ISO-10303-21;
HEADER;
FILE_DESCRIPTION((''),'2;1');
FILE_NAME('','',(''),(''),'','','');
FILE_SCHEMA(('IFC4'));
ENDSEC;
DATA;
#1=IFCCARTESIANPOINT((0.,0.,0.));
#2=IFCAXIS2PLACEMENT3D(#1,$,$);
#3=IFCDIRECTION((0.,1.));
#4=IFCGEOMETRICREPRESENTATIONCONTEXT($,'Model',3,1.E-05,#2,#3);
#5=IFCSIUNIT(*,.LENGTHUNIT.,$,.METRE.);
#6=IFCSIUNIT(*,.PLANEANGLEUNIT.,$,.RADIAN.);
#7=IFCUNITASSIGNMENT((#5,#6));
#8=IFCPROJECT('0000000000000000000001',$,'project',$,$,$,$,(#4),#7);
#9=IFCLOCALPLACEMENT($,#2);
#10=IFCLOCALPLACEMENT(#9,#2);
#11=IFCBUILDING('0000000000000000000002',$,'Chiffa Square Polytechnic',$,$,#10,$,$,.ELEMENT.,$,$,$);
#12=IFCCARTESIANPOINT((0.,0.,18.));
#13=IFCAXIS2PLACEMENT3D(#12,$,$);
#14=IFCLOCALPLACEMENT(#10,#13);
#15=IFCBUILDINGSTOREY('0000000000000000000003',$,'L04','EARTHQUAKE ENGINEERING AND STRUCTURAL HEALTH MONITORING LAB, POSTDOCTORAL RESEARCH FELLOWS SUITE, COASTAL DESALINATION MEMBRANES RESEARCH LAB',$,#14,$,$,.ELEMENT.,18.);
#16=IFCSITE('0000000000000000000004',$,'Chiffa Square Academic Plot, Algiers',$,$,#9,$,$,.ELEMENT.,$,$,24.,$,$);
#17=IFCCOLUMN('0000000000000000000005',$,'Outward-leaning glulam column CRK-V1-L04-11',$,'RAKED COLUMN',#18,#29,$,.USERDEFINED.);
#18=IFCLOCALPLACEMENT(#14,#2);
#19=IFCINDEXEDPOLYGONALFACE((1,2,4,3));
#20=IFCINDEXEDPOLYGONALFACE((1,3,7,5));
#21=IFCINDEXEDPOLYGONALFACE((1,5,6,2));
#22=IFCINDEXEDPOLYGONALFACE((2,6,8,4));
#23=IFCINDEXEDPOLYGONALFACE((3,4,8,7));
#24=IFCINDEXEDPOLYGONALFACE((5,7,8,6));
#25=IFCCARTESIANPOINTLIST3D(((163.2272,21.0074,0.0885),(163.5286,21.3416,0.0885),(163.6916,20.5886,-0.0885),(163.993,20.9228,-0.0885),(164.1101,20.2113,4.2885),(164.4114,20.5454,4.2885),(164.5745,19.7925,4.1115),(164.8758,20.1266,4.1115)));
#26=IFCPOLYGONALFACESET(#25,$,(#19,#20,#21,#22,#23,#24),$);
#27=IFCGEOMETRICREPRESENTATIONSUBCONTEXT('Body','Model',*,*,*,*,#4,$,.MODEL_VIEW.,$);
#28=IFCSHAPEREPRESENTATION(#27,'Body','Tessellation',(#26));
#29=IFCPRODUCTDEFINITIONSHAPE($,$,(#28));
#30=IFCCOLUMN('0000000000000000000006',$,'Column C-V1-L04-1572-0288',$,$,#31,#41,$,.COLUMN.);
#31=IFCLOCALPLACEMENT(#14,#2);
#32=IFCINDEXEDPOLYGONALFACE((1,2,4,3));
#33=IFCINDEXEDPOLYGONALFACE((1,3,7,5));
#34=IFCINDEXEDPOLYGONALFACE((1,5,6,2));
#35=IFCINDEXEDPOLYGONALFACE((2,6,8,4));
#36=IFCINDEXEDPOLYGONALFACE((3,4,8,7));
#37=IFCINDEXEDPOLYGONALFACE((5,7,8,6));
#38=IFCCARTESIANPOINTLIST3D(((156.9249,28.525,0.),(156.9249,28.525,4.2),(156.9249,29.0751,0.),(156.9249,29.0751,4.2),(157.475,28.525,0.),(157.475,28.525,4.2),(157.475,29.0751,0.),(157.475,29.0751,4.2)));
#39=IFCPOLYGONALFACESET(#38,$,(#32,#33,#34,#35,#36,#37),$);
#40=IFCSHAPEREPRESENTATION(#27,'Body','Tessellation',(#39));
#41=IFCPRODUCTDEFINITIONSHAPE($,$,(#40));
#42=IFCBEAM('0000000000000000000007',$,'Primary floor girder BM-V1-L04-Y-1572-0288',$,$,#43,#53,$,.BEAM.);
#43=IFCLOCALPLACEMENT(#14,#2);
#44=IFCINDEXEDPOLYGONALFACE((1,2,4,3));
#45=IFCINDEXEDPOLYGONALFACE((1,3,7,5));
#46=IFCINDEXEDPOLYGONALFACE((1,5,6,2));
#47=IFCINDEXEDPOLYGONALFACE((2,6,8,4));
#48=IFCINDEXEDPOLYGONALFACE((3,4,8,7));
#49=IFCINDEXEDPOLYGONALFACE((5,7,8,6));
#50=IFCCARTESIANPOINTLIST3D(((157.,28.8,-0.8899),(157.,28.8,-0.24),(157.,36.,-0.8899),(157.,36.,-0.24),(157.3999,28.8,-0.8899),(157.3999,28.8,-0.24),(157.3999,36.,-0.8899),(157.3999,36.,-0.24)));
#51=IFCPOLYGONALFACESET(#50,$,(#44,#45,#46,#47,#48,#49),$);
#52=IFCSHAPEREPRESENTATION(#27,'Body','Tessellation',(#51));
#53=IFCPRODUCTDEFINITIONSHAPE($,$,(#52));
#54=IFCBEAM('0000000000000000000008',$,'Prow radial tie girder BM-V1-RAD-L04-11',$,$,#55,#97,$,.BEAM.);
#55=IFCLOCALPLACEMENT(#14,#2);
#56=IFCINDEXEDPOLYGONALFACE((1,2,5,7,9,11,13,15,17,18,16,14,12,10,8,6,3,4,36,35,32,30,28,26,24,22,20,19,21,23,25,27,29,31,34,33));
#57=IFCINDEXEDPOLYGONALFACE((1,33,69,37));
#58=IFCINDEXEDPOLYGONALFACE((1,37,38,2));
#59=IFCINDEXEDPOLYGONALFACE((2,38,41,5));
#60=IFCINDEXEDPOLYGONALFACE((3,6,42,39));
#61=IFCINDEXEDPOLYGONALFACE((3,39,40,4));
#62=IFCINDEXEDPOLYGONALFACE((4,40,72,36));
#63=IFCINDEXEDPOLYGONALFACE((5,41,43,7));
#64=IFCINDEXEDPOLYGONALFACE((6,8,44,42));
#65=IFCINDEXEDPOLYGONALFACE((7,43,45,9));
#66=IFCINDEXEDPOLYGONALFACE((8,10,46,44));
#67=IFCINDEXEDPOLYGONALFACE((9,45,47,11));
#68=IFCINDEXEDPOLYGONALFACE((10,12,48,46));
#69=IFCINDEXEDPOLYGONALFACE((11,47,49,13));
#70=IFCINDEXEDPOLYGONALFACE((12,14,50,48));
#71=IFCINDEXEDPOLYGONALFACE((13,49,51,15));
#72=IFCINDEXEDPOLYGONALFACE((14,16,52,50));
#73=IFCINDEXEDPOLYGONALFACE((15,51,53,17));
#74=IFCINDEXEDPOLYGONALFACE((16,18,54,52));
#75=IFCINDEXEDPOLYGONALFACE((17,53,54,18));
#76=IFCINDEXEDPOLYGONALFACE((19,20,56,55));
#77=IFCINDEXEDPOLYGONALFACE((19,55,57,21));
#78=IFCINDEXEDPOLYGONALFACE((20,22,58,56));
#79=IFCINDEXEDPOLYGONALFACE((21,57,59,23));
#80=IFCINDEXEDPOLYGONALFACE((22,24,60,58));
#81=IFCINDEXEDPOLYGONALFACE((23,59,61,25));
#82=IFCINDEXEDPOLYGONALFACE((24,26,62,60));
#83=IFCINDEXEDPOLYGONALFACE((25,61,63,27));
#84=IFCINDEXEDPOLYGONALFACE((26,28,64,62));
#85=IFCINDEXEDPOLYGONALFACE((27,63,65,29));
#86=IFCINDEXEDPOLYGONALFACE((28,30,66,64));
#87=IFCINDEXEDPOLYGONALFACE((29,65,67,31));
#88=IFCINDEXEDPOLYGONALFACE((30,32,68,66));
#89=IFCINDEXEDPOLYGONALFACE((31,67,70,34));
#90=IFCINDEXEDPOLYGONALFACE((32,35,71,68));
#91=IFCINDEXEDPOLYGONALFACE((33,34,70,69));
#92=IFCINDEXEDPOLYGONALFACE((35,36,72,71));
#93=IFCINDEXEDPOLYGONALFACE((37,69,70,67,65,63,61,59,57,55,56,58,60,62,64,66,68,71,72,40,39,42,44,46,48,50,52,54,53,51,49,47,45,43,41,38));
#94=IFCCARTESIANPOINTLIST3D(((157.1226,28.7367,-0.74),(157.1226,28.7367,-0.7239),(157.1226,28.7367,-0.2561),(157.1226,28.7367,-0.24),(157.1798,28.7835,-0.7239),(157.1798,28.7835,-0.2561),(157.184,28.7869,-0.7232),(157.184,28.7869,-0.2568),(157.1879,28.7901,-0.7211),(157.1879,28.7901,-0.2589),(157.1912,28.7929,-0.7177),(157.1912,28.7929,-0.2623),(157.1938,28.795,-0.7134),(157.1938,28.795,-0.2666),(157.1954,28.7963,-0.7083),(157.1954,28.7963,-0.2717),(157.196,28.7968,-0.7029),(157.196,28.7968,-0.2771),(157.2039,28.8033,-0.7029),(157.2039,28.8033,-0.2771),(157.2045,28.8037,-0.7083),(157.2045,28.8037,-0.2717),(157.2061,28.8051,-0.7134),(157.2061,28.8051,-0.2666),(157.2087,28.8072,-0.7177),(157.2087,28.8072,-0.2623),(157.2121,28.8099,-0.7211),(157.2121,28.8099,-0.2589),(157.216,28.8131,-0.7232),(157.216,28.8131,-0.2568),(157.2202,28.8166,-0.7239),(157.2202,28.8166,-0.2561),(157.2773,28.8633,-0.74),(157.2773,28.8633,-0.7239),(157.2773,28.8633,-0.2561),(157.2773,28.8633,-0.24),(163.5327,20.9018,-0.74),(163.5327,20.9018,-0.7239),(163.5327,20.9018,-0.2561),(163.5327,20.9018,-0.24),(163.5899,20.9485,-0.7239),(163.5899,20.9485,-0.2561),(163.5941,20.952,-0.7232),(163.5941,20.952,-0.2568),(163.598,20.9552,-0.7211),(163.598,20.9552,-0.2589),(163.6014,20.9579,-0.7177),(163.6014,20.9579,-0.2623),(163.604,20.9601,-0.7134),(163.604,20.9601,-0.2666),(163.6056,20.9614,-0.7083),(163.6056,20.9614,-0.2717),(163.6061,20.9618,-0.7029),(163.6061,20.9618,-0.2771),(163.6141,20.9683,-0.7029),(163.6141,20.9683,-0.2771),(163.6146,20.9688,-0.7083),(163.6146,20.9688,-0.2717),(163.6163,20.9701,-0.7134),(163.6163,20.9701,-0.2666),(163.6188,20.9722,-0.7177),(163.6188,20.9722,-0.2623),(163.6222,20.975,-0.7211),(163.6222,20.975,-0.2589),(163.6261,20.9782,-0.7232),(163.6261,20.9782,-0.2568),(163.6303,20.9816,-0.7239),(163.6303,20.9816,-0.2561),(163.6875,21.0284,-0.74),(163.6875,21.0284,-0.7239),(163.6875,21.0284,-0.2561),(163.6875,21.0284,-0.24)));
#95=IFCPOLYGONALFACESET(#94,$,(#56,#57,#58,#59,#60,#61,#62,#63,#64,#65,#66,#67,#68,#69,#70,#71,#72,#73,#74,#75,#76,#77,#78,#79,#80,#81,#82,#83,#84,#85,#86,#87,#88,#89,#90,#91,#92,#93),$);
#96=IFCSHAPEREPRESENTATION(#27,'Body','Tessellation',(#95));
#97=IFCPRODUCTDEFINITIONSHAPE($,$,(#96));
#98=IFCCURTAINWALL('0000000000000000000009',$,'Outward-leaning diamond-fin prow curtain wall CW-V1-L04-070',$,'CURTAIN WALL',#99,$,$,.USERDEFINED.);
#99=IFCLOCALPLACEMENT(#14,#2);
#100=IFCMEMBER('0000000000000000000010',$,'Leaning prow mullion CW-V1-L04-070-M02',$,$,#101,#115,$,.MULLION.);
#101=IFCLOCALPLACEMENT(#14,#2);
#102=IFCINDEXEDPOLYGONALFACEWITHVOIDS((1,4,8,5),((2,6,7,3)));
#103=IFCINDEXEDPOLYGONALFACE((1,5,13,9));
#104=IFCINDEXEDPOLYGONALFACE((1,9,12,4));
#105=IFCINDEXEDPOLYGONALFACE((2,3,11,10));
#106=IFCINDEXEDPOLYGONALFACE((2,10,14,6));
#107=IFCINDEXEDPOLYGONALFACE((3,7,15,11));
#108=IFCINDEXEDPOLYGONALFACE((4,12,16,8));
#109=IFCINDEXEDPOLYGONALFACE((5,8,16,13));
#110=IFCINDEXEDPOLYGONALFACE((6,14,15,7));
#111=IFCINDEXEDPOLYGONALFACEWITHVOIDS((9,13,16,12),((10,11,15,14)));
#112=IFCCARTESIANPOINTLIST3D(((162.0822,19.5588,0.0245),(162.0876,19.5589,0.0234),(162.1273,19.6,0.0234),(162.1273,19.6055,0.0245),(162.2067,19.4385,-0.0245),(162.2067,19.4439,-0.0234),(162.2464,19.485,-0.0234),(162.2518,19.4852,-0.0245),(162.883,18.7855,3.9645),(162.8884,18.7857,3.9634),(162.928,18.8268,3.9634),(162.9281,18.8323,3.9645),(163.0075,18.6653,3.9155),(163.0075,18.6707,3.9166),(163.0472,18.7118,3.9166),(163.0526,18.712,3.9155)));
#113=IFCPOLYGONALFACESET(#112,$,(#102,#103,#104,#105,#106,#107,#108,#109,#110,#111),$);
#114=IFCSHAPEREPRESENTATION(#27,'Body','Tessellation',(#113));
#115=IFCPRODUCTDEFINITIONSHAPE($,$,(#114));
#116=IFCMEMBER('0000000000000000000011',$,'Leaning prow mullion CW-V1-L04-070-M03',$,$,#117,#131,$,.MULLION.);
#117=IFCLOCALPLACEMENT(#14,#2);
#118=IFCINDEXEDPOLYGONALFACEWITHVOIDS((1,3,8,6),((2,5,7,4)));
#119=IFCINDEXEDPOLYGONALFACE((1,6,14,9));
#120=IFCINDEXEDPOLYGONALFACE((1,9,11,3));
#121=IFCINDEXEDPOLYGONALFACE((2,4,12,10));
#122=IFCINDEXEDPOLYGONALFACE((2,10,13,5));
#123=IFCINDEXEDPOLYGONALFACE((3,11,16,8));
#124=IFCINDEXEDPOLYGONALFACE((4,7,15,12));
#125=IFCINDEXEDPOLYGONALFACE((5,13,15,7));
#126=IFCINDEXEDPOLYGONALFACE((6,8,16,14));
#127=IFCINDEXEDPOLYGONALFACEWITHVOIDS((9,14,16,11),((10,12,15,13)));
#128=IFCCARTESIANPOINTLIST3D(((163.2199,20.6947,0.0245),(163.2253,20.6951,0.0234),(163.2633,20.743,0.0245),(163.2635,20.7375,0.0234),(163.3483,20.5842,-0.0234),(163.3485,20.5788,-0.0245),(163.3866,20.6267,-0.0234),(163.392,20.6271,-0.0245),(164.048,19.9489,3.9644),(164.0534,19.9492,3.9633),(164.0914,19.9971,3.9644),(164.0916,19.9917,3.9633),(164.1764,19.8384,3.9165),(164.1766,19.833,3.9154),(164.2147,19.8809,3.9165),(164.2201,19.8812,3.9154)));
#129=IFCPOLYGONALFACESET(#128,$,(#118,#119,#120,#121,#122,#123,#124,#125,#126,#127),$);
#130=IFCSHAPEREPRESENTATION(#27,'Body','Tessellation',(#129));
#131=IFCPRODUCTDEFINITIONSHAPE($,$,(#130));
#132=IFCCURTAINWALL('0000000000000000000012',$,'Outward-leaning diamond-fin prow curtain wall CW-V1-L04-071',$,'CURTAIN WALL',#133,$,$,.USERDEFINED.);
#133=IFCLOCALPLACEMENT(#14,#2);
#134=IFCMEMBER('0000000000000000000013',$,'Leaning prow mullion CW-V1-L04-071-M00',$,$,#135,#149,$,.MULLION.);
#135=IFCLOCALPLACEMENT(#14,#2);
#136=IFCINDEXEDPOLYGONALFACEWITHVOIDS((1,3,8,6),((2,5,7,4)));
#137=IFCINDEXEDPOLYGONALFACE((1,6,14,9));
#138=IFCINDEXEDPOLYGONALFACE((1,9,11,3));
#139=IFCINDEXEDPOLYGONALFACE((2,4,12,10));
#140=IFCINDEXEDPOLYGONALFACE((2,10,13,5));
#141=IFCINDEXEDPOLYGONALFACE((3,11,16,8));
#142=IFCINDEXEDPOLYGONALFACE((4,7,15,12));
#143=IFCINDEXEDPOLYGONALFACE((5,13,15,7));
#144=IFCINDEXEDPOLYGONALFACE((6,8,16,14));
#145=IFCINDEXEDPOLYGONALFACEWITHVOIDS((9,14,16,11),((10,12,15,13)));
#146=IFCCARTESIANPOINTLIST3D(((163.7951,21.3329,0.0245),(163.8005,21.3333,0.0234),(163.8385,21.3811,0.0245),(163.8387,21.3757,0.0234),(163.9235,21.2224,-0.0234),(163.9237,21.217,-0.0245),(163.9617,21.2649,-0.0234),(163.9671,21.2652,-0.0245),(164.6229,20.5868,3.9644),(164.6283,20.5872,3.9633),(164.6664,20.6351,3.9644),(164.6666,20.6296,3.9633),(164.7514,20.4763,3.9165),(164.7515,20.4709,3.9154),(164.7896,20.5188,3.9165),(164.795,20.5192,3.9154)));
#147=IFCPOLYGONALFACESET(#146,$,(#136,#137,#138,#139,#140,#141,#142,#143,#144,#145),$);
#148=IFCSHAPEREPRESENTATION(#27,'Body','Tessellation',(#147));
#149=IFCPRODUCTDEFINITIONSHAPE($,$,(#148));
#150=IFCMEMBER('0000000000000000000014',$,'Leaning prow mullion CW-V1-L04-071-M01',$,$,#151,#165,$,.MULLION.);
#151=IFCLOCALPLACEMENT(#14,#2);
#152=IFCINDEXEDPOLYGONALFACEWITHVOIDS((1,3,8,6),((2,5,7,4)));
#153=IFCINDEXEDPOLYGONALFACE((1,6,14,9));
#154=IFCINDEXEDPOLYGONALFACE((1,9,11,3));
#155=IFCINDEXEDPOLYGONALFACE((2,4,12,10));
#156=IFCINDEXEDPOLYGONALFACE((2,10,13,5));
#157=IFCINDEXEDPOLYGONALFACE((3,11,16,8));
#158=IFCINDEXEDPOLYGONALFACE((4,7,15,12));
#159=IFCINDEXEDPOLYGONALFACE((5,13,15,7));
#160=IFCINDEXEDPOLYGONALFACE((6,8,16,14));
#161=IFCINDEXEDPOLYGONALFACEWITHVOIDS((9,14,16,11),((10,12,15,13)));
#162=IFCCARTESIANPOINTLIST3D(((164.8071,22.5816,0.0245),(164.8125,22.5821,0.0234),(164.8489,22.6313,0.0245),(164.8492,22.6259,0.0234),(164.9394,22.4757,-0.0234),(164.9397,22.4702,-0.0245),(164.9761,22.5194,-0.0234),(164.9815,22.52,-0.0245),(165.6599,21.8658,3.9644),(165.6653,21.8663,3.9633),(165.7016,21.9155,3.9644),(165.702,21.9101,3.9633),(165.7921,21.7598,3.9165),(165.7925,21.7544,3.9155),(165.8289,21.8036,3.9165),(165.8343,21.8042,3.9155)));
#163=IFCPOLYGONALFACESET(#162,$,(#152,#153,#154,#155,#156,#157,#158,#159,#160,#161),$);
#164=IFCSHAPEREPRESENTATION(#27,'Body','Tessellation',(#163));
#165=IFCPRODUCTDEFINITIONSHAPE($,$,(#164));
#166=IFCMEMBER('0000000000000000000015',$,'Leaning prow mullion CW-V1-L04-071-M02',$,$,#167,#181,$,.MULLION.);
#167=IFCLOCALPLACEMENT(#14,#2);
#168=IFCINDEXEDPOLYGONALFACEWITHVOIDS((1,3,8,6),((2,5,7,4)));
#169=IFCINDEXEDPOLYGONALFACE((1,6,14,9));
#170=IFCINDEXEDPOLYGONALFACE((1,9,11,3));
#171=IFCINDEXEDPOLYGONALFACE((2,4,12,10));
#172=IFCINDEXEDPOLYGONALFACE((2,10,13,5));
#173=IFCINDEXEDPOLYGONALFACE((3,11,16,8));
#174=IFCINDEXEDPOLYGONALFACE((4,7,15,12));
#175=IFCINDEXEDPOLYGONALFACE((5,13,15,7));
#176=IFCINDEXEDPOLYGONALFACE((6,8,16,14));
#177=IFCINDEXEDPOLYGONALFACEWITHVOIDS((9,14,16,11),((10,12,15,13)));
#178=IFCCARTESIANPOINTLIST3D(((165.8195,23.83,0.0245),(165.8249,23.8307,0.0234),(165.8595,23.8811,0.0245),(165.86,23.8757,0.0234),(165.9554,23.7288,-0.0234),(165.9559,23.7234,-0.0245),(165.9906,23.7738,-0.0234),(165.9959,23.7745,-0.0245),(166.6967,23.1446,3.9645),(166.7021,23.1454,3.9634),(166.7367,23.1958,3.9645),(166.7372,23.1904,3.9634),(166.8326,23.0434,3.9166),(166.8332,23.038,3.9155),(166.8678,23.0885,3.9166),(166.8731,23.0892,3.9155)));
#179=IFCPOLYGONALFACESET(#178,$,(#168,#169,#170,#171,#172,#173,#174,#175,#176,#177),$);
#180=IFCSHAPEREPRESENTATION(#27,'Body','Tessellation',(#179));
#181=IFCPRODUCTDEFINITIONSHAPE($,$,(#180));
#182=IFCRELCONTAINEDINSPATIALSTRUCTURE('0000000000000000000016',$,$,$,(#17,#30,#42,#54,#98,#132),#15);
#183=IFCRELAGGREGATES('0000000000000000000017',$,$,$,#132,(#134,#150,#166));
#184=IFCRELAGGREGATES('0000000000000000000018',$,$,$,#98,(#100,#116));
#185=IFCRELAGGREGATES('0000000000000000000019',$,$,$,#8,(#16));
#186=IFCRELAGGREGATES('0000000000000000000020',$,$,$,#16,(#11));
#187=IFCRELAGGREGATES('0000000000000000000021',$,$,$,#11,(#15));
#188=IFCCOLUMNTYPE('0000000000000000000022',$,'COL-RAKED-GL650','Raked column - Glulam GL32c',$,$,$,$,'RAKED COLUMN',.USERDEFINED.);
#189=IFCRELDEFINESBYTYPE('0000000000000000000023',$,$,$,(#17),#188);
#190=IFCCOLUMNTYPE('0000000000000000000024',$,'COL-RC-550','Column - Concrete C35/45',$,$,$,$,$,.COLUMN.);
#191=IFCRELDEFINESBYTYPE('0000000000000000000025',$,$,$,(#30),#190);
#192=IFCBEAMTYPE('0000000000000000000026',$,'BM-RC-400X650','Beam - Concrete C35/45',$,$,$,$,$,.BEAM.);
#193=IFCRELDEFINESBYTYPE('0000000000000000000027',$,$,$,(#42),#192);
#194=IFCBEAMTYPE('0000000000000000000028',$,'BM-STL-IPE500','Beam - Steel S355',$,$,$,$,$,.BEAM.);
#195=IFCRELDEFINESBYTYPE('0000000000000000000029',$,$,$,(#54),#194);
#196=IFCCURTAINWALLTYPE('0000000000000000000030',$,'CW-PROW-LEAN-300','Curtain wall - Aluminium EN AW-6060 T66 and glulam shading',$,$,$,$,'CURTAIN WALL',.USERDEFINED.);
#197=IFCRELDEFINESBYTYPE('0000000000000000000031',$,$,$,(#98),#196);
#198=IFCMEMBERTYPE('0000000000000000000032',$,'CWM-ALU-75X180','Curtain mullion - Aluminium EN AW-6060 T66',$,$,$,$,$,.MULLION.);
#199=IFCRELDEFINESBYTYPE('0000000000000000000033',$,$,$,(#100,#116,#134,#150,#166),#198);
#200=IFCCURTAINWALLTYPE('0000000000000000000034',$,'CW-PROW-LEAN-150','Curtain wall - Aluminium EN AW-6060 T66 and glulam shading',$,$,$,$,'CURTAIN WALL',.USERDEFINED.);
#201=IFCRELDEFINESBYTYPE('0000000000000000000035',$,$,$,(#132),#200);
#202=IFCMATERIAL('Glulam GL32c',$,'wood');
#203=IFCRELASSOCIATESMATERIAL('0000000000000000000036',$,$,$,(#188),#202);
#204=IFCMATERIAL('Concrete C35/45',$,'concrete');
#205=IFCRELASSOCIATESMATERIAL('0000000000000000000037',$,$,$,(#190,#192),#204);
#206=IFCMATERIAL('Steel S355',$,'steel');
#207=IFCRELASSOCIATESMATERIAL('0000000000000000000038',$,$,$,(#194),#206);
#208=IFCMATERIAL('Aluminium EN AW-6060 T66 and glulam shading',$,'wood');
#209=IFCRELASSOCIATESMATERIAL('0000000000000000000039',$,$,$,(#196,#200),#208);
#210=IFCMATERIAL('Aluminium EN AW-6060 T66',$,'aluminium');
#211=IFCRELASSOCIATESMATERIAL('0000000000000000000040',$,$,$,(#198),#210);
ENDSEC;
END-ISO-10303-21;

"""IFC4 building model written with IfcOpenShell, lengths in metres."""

from ifc_helpers import new_model, si_unit, direction, frame, origin, origin_2d, place, context, subcontext, project, spatial, rectangle, hollow_rectangle, i_section, extrude, material, material_profile, profile_set, type_object, element, aggregate, save


model = new_model("IFC4")

# Units and contexts
model_context = context("Model", 3, precision=1e-05, world=origin(), true_north=direction((0.0, 1.0)))
body_context = subcontext(model_context, "Body", "Model", "MODEL_VIEW")
ifc_project = project(units=[si_unit("LENGTHUNIT", "METRE"), si_unit("PLANEANGLEUNIT", "RADIAN")], contexts=[model_context])

# Site, building, storey
site_placement = place(None, origin())
site = spatial("IfcSite", under=ifc_project, at=site_placement, Name="Chiffa Square Academic Plot, Algiers", CompositionType="ELEMENT", RefElevation=24.0)
building_placement = place(site_placement, origin())
building = spatial("IfcBuilding", under=site, at=building_placement, Name="Chiffa Square Polytechnic", CompositionType="ELEMENT")
storey_placement = place(building_placement, frame((0.0, 0.0, 18.0)))
storey = spatial("IfcBuildingStorey", under=building, at=storey_placement, Name="L04", Description="EARTHQUAKE ENGINEERING AND STRUCTURAL HEALTH MONITORING LAB, POSTDOCTORAL RESEARCH FELLOWS SUITE, COASTAL DESALINATION MEMBRANES RESEARCH LAB", CompositionType="ELEMENT", Elevation=18.0)

# Columns
ifc_material_1 = material(Name="Glulam GL32c", Category="wood")
ifc_material_profile_1 = material_profile(ifc_material_1, rectangle(XDim=0.45, YDim=0.6499, at=origin_2d()), Name="GL32c 450x650")
ifc_profile_set_1 = profile_set([ifc_material_profile_1], Name="Glulam GL32c")
column_type_1 = type_object("IfcColumnType", Name="COL-RAKED-GL650", Description="Raked column - Glulam GL32c", ElementType="RAKED COLUMN", PredefinedType="USERDEFINED", material=ifc_profile_set_1)
column_1_placement = place(storey_placement, frame((163.6101, 20.9651, 0.0), z_axis=(0.20225, -0.182394, 0.962199), x_axis=(0.669713, 0.74262, 0.0)))
element("IfcColumn", 1, at=column_1_placement, inside=storey, type_object=column_type_1, Name="Outward-leaning glulam column CRK-V1-L04-11", ObjectType="RAKED COLUMN", PredefinedType="USERDEFINED", context=body_context, shape_type="SweptSolid", body=[
    extrude(rectangle(XDim=0.45, YDim=0.6499, at=origin_2d()), origin(), (0.0, 0.0, 1.0), 4.365),
])
ifc_material_2 = material(Name="Concrete C35/45", Category="concrete")
ifc_material_profile_2 = material_profile(ifc_material_2, rectangle(XDim=0.55, YDim=0.55, at=origin_2d()), Name="RC 550x550")
ifc_profile_set_2 = profile_set([ifc_material_profile_2], Name="Concrete C35/45")
column_type_2 = type_object("IfcColumnType", Name="COL-RC-550", Description="Column - Concrete C35/45", PredefinedType="COLUMN", material=ifc_profile_set_2)
column_2_placement = place(storey_placement, frame((157.2, 28.8, 0.0), z_axis=(0.0, 0.0, 1.0), x_axis=(1.0, 0.0, 0.0)))
element("IfcColumn", 2, at=column_2_placement, inside=storey, type_object=column_type_2, Name="Column C-V1-L04-1572-0288", PredefinedType="COLUMN", context=body_context, shape_type="SweptSolid", body=[
    extrude(rectangle(XDim=0.55, YDim=0.55, at=origin_2d()), origin(), (0.0, 0.0, 1.0), 4.2),
])

# Beams
ifc_material_profile_3 = material_profile(ifc_material_2, rectangle(XDim=0.3999, YDim=0.6499, at=origin_2d()), Name="RC 400x650")
ifc_profile_set_3 = profile_set([ifc_material_profile_3], Name="Concrete C35/45")
beam_type_1 = type_object("IfcBeamType", Name="BM-RC-400X650", Description="Beam - Concrete C35/45", PredefinedType="BEAM", material=ifc_profile_set_3)
beam_1_placement = place(storey_placement, frame((157.2, 28.8, -0.5649), z_axis=(0.0, 1.0, 0.0), x_axis=(-1.0, 0.0, 0.0)))
element("IfcBeam", 3, at=beam_1_placement, inside=storey, type_object=beam_type_1, Name="Primary floor girder BM-V1-L04-Y-1572-0288", PredefinedType="BEAM", context=body_context, shape_type="SweptSolid", body=[
    extrude(rectangle(XDim=0.3999, YDim=0.6499, at=origin_2d()), origin(), (0.0, 0.0, 1.0), 7.2),
])
ifc_material_3 = material(Name="Steel S355", Category="steel")
ifc_material_profile_4 = material_profile(ifc_material_3, i_section(OverallWidth=0.2, OverallDepth=0.5, WebThickness=0.0103, FlangeThickness=0.0161, FilletRadius=0.021, at=origin_2d()), Name="IPE 500")
ifc_profile_set_4 = profile_set([ifc_material_profile_4], Name="Steel S355")
beam_type_2 = type_object("IfcBeamType", Name="BM-STL-IPE500", Description="Beam - Steel S355", PredefinedType="BEAM", material=ifc_profile_set_4)
beam_2_placement = place(storey_placement, frame((163.6101, 20.9651, -0.49), z_axis=(-0.633222, 0.77397, 0.0), x_axis=(-0.77397, -0.633222, 0.0)))
element("IfcBeam", 4, at=beam_2_placement, inside=storey, type_object=beam_type_2, Name="Prow radial tie girder BM-V1-RAD-L04-11", PredefinedType="BEAM", context=body_context, shape_type="SweptSolid", body=[
    extrude(i_section(OverallWidth=0.2, OverallDepth=0.5, WebThickness=0.0103, FlangeThickness=0.0161, FilletRadius=0.021, at=origin_2d()), origin(), (0.0, 0.0, 1.0), 10.123),
])

# Curtain walls, members
ifc_material_4 = material(Name="Aluminium EN AW-6060 T66 and glulam shading", Category="wood")
curtain_wall_type_1 = type_object("IfcCurtainWallType", Name="CW-PROW-LEAN-300", Description="Curtain wall - Aluminium EN AW-6060 T66 and glulam shading", ElementType="CURTAIN WALL", PredefinedType="USERDEFINED", material=ifc_material_4)
curtain_wall_1_placement = place(storey_placement, origin())
curtain_wall_1 = element("IfcCurtainWall", 5, at=curtain_wall_1_placement, inside=storey, type_object=curtain_wall_type_1, Name="Outward-leaning diamond-fin prow curtain wall CW-V1-L04-070", ObjectType="CURTAIN WALL", PredefinedType="USERDEFINED")
ifc_material_5 = material(Name="Aluminium EN AW-6060 T66", Category="aluminium")
ifc_material_profile_5 = material_profile(ifc_material_5, hollow_rectangle(XDim=0.0649, YDim=0.1799, WallThickness=0.0039, at=origin_2d()), Name="ALU 65x180x4")
ifc_profile_set_5 = profile_set([ifc_material_profile_5], Name="Aluminium EN AW-6060 T66")
member_type_1 = type_object("IfcMemberType", Name="CWM-ALU-75X180", Description="Curtain mullion - Aluminium EN AW-6060 T66", PredefinedType="MULLION", material=ifc_profile_set_5)
member_1_placement = place(storey_placement, frame((162.167, 19.522, 0.0), z_axis=(0.195591, -0.188852, 0.96233), x_axis=(0.694606, 0.71939, 0.0)))
member_1 = element("IfcMember", 6, at=member_1_placement, type_object=member_type_1, Name="Leaning prow mullion CW-V1-L04-070-M02", PredefinedType="MULLION", context=body_context, shape_type="SweptSolid", body=[
    extrude(hollow_rectangle(XDim=0.0649, YDim=0.1799, WallThickness=0.0039, at=origin_2d()), origin(), (0.0, 0.0, 1.0), 4.0942),
])
member_2_placement = place(storey_placement, frame((163.3059, 20.6609, 0.0), z_axis=(0.202251, -0.182157, 0.962244), x_axis=(0.669231, 0.743054, 0.0)))
member_2 = element("IfcMember", 7, at=member_2_placement, type_object=member_type_1, Name="Leaning prow mullion CW-V1-L04-070-M03", PredefinedType="MULLION", context=body_context, shape_type="SweptSolid", body=[
    extrude(hollow_rectangle(XDim=0.0649, YDim=0.1799, WallThickness=0.0039, at=origin_2d()), origin(), (0.0, 0.0, 1.0), 4.0945),
])
curtain_wall_type_2 = type_object("IfcCurtainWallType", Name="CW-PROW-LEAN-150", Description="Curtain wall - Aluminium EN AW-6060 T66 and glulam shading", ElementType="CURTAIN WALL", PredefinedType="USERDEFINED", material=ifc_material_4)
curtain_wall_2_placement = place(storey_placement, origin())
curtain_wall_2 = element("IfcCurtainWall", 8, at=curtain_wall_2_placement, inside=storey, type_object=curtain_wall_type_2, Name="Outward-leaning diamond-fin prow curtain wall CW-V1-L04-071", ObjectType="CURTAIN WALL", PredefinedType="USERDEFINED")
member_3_placement = place(storey_placement, frame((163.8811, 21.2991, 0.0), z_axis=(0.202192, -0.182217, 0.962245), x_axis=(0.669461, 0.742847, 0.0)))
member_3 = element("IfcMember", 9, at=member_3_placement, type_object=member_type_1, Name="Leaning prow mullion CW-V1-L04-071-M00", PredefinedType="MULLION", context=body_context, shape_type="SweptSolid", body=[
    extrude(hollow_rectangle(XDim=0.0649, YDim=0.1799, WallThickness=0.0039, at=origin_2d()), origin(), (0.0, 0.0, 1.0), 4.0945),
])
member_4_placement = place(storey_placement, frame((164.8943, 22.5508, 0.0), z_axis=(0.208289, -0.174836, 0.962314), x_axis=(0.642919, 0.765934, 0.0)))
member_4 = element("IfcMember", 10, at=member_4_placement, type_object=member_type_1, Name="Leaning prow mullion CW-V1-L04-071-M01", PredefinedType="MULLION", context=body_context, shape_type="SweptSolid", body=[
    extrude(hollow_rectangle(XDim=0.0649, YDim=0.1799, WallThickness=0.0039, at=origin_2d()), origin(), (0.0, 0.0, 1.0), 4.0942),
])
member_5_placement = place(storey_placement, frame((165.9077, 23.8022, 0.0), z_axis=(0.214255, -0.167385, 0.962329), x_axis=(0.61564, 0.788028, 0.0)))
member_5 = element("IfcMember", 11, at=member_5_placement, type_object=member_type_1, Name="Leaning prow mullion CW-V1-L04-071-M02", PredefinedType="MULLION", context=body_context, shape_type="SweptSolid", body=[
    extrude(hollow_rectangle(XDim=0.0649, YDim=0.1799, WallThickness=0.0039, at=origin_2d()), origin(), (0.0, 0.0, 1.0), 4.0942),
])

aggregate(curtain_wall_2, [member_3, member_4, member_5])
aggregate(curtain_wall_1, [member_1, member_2])

save(model, "model.ifc")
